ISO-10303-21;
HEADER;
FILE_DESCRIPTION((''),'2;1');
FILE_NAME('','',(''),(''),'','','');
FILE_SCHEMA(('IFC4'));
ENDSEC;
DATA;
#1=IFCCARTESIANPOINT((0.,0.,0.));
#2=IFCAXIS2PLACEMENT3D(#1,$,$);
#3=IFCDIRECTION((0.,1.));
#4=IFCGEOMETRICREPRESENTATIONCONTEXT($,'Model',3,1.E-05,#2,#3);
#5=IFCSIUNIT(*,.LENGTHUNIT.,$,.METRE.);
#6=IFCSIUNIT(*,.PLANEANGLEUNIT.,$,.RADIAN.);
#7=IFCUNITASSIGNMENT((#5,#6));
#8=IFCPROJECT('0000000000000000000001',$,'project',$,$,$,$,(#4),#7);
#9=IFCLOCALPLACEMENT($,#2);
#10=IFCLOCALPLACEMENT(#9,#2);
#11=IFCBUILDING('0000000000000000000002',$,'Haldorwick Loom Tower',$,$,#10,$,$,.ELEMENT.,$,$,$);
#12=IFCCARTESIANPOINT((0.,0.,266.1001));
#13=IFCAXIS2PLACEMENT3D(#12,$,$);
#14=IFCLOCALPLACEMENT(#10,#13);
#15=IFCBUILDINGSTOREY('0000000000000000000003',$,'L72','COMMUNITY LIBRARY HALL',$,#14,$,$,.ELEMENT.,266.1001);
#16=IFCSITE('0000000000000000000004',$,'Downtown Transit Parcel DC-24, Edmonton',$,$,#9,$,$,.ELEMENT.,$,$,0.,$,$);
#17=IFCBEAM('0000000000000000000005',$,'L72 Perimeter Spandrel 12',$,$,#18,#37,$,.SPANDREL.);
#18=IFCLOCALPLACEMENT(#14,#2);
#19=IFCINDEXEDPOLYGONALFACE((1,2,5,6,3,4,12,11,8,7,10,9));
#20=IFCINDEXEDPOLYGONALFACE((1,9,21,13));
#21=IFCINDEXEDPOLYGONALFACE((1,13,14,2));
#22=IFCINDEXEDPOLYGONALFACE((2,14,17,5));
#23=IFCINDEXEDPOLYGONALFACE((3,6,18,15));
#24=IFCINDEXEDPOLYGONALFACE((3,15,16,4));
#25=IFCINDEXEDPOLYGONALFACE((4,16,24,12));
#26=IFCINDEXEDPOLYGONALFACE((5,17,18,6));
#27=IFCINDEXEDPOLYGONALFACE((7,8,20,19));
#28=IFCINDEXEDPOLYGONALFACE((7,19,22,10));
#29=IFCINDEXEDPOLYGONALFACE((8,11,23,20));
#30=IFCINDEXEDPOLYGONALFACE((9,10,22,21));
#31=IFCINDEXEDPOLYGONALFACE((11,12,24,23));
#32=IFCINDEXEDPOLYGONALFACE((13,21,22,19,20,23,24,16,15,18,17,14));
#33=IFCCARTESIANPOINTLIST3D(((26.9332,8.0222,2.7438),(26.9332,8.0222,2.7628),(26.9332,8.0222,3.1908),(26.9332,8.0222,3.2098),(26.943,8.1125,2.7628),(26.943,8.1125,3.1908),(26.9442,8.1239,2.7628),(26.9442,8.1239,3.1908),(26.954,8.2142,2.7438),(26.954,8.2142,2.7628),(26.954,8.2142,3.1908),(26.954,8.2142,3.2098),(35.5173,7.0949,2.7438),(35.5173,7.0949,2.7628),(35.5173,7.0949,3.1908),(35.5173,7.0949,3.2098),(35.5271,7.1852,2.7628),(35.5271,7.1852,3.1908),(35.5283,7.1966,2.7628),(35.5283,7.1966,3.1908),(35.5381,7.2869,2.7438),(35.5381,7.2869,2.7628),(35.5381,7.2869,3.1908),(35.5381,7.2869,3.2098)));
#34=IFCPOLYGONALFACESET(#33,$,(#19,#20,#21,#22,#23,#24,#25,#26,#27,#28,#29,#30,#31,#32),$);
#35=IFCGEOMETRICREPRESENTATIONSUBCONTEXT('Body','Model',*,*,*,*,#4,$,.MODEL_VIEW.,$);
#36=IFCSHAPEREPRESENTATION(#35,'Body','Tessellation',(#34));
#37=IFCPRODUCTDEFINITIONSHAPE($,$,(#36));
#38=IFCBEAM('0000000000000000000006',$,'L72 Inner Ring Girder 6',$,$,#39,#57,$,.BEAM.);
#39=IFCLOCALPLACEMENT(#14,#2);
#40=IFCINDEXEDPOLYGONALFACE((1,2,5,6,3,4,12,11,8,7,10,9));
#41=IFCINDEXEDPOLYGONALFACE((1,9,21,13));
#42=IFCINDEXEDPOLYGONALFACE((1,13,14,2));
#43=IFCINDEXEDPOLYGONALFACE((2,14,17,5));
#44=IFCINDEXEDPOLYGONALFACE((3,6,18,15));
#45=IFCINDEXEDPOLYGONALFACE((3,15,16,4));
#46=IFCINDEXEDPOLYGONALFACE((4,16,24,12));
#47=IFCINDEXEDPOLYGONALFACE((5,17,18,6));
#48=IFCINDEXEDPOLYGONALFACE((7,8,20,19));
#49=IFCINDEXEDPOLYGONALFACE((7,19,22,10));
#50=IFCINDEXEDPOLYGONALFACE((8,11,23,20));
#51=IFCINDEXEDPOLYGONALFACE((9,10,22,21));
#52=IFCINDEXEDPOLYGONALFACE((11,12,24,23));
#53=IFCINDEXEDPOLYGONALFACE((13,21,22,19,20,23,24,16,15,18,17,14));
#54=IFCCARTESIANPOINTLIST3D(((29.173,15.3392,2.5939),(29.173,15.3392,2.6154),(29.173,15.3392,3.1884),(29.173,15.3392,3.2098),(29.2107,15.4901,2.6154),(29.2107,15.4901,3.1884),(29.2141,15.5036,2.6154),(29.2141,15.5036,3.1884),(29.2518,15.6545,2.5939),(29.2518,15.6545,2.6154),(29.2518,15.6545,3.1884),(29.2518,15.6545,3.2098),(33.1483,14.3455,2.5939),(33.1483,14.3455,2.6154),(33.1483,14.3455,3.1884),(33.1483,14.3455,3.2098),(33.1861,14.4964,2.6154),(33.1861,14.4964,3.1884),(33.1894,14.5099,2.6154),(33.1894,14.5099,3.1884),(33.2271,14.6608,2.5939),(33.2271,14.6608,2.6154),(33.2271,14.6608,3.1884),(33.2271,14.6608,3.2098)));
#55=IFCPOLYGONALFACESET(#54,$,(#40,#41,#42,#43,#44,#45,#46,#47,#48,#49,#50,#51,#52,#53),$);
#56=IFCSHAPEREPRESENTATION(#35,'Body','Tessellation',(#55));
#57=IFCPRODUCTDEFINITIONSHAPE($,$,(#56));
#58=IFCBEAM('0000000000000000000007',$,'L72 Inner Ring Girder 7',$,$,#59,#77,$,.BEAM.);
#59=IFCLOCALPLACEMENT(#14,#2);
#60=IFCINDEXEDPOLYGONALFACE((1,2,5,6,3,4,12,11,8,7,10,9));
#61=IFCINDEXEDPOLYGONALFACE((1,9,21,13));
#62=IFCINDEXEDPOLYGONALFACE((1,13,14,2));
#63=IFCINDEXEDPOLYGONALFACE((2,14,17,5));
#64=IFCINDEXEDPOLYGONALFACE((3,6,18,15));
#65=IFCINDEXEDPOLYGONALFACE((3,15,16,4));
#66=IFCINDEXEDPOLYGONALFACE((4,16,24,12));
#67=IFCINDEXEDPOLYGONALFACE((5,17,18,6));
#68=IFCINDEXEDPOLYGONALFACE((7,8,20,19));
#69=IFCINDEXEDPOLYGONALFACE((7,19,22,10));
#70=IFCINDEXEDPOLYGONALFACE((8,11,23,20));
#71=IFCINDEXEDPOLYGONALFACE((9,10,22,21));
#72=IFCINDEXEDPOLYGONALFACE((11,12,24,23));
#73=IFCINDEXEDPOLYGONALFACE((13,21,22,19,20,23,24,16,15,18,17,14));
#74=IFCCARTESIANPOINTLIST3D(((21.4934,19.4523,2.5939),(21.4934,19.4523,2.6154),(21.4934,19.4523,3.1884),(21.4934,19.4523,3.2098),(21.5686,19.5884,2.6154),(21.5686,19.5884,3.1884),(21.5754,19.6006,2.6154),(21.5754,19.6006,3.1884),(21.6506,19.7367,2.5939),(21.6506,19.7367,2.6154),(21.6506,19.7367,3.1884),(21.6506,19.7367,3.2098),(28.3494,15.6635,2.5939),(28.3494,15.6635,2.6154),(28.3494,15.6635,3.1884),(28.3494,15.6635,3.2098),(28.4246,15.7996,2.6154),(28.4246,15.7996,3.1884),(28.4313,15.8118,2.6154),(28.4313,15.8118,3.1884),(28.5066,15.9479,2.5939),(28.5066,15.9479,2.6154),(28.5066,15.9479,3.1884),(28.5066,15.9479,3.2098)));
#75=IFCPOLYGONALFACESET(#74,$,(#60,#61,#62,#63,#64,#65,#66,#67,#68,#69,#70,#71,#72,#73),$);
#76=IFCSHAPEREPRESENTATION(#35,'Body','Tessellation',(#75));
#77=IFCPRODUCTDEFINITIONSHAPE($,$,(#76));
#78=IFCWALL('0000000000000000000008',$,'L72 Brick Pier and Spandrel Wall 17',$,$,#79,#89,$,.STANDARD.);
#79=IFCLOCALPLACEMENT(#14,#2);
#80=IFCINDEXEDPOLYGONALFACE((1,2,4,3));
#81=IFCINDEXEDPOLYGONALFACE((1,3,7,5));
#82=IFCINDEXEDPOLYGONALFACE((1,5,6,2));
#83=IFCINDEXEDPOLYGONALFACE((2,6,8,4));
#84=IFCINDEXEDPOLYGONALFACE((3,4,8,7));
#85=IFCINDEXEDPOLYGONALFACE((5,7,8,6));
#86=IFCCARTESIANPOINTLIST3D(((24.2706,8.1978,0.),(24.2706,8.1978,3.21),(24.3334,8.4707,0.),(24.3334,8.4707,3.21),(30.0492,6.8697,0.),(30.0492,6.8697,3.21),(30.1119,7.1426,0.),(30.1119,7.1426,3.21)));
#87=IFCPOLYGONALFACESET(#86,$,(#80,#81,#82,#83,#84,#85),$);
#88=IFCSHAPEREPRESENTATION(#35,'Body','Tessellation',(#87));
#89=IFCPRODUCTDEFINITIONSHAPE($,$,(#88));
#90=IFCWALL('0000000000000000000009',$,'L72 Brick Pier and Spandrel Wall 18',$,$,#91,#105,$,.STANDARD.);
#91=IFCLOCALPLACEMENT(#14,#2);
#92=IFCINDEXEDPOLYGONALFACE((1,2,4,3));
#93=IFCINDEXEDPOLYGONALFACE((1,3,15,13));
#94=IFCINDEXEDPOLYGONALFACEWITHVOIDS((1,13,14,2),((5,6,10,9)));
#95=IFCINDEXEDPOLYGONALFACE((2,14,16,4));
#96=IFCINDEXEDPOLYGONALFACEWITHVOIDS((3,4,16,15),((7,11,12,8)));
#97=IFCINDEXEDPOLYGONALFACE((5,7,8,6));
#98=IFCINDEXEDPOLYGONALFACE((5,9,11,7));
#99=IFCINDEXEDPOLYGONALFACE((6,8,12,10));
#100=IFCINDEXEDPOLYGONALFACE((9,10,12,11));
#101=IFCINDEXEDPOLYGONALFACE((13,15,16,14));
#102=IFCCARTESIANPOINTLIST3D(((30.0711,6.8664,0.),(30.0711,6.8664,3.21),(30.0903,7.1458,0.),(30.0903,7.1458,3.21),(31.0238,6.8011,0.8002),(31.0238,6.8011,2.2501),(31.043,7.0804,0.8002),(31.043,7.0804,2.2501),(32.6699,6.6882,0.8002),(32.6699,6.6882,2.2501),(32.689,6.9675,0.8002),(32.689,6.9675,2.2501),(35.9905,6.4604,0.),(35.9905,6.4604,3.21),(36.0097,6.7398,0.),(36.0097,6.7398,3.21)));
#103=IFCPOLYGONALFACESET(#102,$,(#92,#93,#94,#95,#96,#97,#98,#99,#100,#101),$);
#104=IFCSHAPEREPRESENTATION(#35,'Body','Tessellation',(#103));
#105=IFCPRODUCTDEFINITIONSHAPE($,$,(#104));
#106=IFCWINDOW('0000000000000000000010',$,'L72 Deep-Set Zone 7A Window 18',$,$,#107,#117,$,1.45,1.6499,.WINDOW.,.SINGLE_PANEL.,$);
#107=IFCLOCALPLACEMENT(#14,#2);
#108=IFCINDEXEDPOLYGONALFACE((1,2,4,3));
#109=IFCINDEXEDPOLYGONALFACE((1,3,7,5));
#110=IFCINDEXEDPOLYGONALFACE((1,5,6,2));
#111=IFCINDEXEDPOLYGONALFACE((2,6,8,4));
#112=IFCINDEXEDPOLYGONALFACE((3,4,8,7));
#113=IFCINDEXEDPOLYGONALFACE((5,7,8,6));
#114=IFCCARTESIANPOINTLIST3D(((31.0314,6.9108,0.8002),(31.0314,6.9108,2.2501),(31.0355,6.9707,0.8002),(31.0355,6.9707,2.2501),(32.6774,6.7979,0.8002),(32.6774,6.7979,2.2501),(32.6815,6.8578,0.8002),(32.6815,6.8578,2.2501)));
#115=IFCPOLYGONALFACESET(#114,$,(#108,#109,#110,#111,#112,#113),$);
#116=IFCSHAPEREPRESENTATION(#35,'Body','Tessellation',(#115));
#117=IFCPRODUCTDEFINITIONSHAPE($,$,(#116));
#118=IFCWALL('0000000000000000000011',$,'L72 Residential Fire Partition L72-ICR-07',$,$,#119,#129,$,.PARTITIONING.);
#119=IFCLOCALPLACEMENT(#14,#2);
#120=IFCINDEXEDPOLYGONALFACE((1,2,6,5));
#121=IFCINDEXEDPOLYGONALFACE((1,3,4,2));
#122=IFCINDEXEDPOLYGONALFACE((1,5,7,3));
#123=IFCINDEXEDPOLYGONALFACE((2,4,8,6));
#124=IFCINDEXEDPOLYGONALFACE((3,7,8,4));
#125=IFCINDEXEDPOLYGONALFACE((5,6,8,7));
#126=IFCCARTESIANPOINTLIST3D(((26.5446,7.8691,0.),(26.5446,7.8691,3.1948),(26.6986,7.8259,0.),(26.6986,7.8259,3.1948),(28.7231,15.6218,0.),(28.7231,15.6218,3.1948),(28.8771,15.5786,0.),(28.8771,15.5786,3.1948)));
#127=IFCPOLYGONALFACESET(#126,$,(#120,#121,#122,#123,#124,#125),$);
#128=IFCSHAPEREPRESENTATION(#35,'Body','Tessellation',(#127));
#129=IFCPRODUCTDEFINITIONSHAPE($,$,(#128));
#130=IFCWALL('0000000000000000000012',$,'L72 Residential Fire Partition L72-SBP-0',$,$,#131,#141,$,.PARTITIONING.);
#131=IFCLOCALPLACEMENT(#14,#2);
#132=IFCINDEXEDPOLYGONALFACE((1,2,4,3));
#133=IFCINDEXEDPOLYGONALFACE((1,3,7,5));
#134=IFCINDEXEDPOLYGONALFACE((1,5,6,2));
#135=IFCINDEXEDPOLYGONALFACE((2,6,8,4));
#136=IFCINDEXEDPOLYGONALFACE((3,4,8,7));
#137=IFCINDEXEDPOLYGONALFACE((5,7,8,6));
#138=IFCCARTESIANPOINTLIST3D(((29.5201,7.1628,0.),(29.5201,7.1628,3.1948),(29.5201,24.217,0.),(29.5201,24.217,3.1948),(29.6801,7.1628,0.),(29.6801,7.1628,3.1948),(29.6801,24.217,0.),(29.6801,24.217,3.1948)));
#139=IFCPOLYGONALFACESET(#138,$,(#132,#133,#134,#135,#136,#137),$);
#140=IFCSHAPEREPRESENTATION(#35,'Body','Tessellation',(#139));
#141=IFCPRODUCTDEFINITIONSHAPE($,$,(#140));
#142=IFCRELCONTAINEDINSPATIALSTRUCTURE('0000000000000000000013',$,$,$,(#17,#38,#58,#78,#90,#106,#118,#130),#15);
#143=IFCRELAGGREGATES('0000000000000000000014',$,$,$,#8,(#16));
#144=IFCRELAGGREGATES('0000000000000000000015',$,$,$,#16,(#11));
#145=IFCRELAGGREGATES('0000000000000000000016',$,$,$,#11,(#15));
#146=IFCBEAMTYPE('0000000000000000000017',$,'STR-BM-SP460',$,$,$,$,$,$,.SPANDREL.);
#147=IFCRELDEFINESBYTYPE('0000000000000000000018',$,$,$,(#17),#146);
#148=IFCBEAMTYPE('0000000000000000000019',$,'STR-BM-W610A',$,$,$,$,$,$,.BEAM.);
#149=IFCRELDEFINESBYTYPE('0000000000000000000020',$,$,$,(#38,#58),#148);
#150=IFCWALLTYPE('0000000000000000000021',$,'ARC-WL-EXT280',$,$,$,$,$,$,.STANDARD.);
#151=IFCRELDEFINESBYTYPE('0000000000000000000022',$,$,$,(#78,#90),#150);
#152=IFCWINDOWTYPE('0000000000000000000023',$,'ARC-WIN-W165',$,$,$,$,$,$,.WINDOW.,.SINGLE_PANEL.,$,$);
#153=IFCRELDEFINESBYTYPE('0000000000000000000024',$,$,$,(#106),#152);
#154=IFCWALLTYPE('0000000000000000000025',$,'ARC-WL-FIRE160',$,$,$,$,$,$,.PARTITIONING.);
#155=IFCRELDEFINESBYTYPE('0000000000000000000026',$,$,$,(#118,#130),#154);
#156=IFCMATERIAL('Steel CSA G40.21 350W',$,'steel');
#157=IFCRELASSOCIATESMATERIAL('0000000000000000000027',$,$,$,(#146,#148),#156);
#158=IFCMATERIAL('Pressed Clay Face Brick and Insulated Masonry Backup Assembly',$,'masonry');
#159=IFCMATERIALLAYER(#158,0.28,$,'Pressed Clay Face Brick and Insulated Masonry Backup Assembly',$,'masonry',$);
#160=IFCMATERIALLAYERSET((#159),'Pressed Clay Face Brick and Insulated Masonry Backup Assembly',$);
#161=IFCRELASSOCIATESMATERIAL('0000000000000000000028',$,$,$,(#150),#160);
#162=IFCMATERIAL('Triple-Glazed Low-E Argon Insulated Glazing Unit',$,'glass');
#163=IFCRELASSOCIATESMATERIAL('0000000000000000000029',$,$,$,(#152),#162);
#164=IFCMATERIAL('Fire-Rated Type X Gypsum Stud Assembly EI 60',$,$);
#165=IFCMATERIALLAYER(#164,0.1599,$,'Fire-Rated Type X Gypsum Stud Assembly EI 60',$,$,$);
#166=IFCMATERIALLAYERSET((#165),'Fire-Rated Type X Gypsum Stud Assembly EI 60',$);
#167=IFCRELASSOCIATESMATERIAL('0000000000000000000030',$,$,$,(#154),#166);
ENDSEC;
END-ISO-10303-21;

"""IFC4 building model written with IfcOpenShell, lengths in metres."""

from ifc_helpers import new_model, si_unit, direction, frame, frame_2d, origin, origin_2d, place, context, subcontext, project, spatial, rectangle, i_section, extrude, material, layer, layer_set, material_profile, profile_set, type_object, element, fill, save


model = new_model("IFC4")

# Units and contexts
model_context = context("Model", 3, precision=1e-05, world=origin(), true_north=direction((0.0, 1.0)))
body_context = subcontext(model_context, "Body", "Model", "MODEL_VIEW")
ifc_project = project(units=[si_unit("LENGTHUNIT", "METRE"), si_unit("PLANEANGLEUNIT", "RADIAN")], contexts=[model_context])

# Site, building, storey
site_placement = place(None, origin())
site = spatial("IfcSite", under=ifc_project, at=site_placement, Name="Downtown Transit Parcel DC-24, Edmonton", CompositionType="ELEMENT", RefElevation=0.0)
building_placement = place(site_placement, origin())
building = spatial("IfcBuilding", under=site, at=building_placement, Name="Haldorwick Loom Tower", CompositionType="ELEMENT")
storey_placement = place(building_placement, frame((0.0, 0.0, 266.1001)))
storey = spatial("IfcBuildingStorey", under=building, at=storey_placement, Name="L72", Description="COMMUNITY LIBRARY HALL", CompositionType="ELEMENT", Elevation=266.1001)

# Beams
ifc_material_1 = material(Name="Steel CSA G40.21 350W", Category="steel")
ifc_material_profile_1 = material_profile(ifc_material_1, i_section(OverallWidth=0.1931, OverallDepth=0.4661, WebThickness=0.0115, FlangeThickness=0.019, at=origin_2d()), Name="W460X97", Category="steel")
ifc_profile_set_1 = profile_set([ifc_material_profile_1], Name="Steel CSA G40.21 350W")
beam_type_1 = type_object("IfcBeamType", Name="STR-BM-SP460", PredefinedType="SPANDREL", material=ifc_profile_set_1)
beam_1_placement = place(storey_placement, frame((26.9436, 8.1182, 2.9768), z_axis=(0.994216, -0.107396, 0.0), x_axis=(0.107396, 0.994216, 0.0)))
element("IfcBeam", 1, at=beam_1_placement, inside=storey, type_object=beam_type_1, Name="L72 Perimeter Spandrel 12", PredefinedType="SPANDREL", context=body_context, shape_type="SweptSolid", body=[
    extrude(i_section(OverallWidth=0.1931, OverallDepth=0.4661, WebThickness=0.0115, FlangeThickness=0.019, at=origin_2d()), origin(), (0.0, 0.0, 1.0), 8.634),
])
ifc_material_profile_2 = material_profile(ifc_material_1, i_section(OverallWidth=0.325, OverallDepth=0.616, WebThickness=0.0139, FlangeThickness=0.0215, at=origin_2d()), Name="W610X174", Category="steel")
ifc_profile_set_2 = profile_set([ifc_material_profile_2], Name="Steel CSA G40.21 350W")
beam_type_2 = type_object("IfcBeamType", Name="STR-BM-W610A", PredefinedType="BEAM", material=ifc_profile_set_2)
beam_2_placement = place(storey_placement, frame((33.1877, 14.5032, 2.9019), z_axis=(-0.970153, 0.242494, 0.0), x_axis=(-0.242494, -0.970153, 0.0)))
element("IfcBeam", 2, at=beam_2_placement, inside=storey, type_object=beam_type_2, Name="L72 Inner Ring Girder 6", PredefinedType="BEAM", context=body_context, shape_type="SweptSolid", body=[
    extrude(i_section(OverallWidth=0.325, OverallDepth=0.616, WebThickness=0.0139, FlangeThickness=0.0215, at=origin_2d()), origin(), (0.0, 0.0, 1.0), 4.0977),
])
beam_3_placement = place(storey_placement, frame((28.428, 15.8057, 2.9019), z_axis=(-0.875242, 0.483686, 0.0), x_axis=(-0.483686, -0.875242, 0.0)))
element("IfcBeam", 3, at=beam_3_placement, inside=storey, type_object=beam_type_2, Name="L72 Inner Ring Girder 7", PredefinedType="BEAM", context=body_context, shape_type="SweptSolid", body=[
    extrude(i_section(OverallWidth=0.325, OverallDepth=0.616, WebThickness=0.0139, FlangeThickness=0.0215, at=origin_2d()), origin(), (0.0, 0.0, 1.0), 7.8333),
])

# Wall
ifc_material_2 = material(Name="Pressed Clay Face Brick and Insulated Masonry Backup Assembly", Category="masonry")
ifc_layer_1 = layer(ifc_material_2, 0.28, Name="Pressed Clay Face Brick and Insulated Masonry Backup Assembly", Category="masonry")
ifc_layer_set_1 = layer_set([ifc_layer_1], Name="Pressed Clay Face Brick and Insulated Masonry Backup Assembly")
wall_type_1 = type_object("IfcWallType", Name="ARC-WL-EXT280", PredefinedType="STANDARD", material=ifc_layer_set_1)
wall_1_placement = place(storey_placement, frame((24.302, 8.3342, 0.0), z_axis=(0.0, 0.0, 1.0), x_axis=(0.97459, -0.223996, 0.0)))
element("IfcWall", 4, at=wall_1_placement, inside=storey, type_object=wall_type_1, Name="L72 Brick Pier and Spandrel Wall 17", PredefinedType="STANDARD", context=body_context, shape_type="SweptSolid", body=[
    extrude(rectangle(XDim=5.9292, YDim=0.28, at=frame_2d((2.9646, 0.0))), origin(), (0.0, 0.0, 1.0), 3.21),
])

# Wall, opening, window
wall_2_placement = place(storey_placement, frame((30.0806, 7.0061, 0.0), z_axis=(0.0, 0.0, 1.0), x_axis=(0.997656, -0.068428, 0.0)))
wall_2 = element("IfcWall", 5, at=wall_2_placement, inside=storey, type_object=wall_type_1, Name="L72 Brick Pier and Spandrel Wall 18", PredefinedType="STANDARD", context=body_context, shape_type="SweptSolid", body=[
    extrude(rectangle(XDim=5.9333, YDim=0.28, at=frame_2d((2.9668, 0.0))), origin(), (0.0, 0.0, 1.0), 3.21),
])
opening_placement = place(wall_2_placement, frame((0.9551, 0.0, 0.8)))
opening = element("IfcOpeningElement", 6, at=opening_placement, cuts=wall_2, PredefinedType="OPENING", context=body_context, shape_type="SweptSolid", body=[
    extrude(rectangle(XDim=1.6499, YDim=1.45, at=frame_2d((0.825, 0.7251))), frame((0.0, 0.1499, 0.0), z_axis=(0.0, -1.0, 0.0), x_axis=(1.0, 0.0, 0.0)), (0.0, 0.0, 1.0), 0.3),
])
ifc_material_3 = material(Name="Triple-Glazed Low-E Argon Insulated Glazing Unit", Category="glass")
window_type = type_object("IfcWindowType", Name="ARC-WIN-W165", PartitioningType="SINGLE_PANEL", PredefinedType="WINDOW", material=ifc_material_3)
window_placement = place(opening_placement, origin())
window = element("IfcWindow", 7, at=window_placement, inside=storey, type_object=window_type, Name="L72 Deep-Set Zone 7A Window 18", OverallHeight=1.45, OverallWidth=1.6499, PartitioningType="SINGLE_PANEL", PredefinedType="WINDOW", context=body_context, shape_type="SweptSolid", body=[
    extrude(rectangle(XDim=1.6499, YDim=1.45, at=frame_2d((0.825, 0.7251))), frame((0.0, 0.03, 0.0), z_axis=(0.0, -1.0, 0.0), x_axis=(1.0, 0.0, 0.0)), (0.0, 0.0, 1.0), 0.0601),
])
fill(opening, window)

# Walls
ifc_material_4 = material(Name="Fire-Rated Type X Gypsum Stud Assembly EI 60")
ifc_layer_2 = layer(ifc_material_4, 0.1599, Name="Fire-Rated Type X Gypsum Stud Assembly EI 60")
ifc_layer_set_2 = layer_set([ifc_layer_2], Name="Fire-Rated Type X Gypsum Stud Assembly EI 60")
wall_type_2 = type_object("IfcWallType", Name="ARC-WL-FIRE160", PredefinedType="PARTITIONING", material=ifc_layer_set_2)
wall_3_placement = place(storey_placement, frame((28.8, 15.6001, 0.0), z_axis=(0.0, 0.0, 1.0), x_axis=(-0.270518, -0.962715, 0.0)))
element("IfcWall", 8, at=wall_3_placement, inside=storey, type_object=wall_type_2, Name="L72 Residential Fire Partition L72-ICR-07", PredefinedType="PARTITIONING", context=body_context, shape_type="SweptSolid", body=[
    extrude(rectangle(XDim=8.053, YDim=0.1599, at=frame_2d((4.0264, 0.0))), origin(), (0.0, 0.0, 1.0), 3.1948),
])
wall_4_placement = place(storey_placement, frame((29.6001, 7.1628, 0.0), z_axis=(0.0, 0.0, 1.0), x_axis=(0.0, 1.0, 0.0)))
element("IfcWall", 9, at=wall_4_placement, inside=storey, type_object=wall_type_2, Name="L72 Residential Fire Partition L72-SBP-0", PredefinedType="PARTITIONING", context=body_context, shape_type="SweptSolid", body=[
    extrude(rectangle(XDim=17.0542, YDim=0.1599, at=frame_2d((8.5271, 0.0))), origin(), (0.0, 0.0, 1.0), 3.1948),
])

save(model, "model.ifc")
